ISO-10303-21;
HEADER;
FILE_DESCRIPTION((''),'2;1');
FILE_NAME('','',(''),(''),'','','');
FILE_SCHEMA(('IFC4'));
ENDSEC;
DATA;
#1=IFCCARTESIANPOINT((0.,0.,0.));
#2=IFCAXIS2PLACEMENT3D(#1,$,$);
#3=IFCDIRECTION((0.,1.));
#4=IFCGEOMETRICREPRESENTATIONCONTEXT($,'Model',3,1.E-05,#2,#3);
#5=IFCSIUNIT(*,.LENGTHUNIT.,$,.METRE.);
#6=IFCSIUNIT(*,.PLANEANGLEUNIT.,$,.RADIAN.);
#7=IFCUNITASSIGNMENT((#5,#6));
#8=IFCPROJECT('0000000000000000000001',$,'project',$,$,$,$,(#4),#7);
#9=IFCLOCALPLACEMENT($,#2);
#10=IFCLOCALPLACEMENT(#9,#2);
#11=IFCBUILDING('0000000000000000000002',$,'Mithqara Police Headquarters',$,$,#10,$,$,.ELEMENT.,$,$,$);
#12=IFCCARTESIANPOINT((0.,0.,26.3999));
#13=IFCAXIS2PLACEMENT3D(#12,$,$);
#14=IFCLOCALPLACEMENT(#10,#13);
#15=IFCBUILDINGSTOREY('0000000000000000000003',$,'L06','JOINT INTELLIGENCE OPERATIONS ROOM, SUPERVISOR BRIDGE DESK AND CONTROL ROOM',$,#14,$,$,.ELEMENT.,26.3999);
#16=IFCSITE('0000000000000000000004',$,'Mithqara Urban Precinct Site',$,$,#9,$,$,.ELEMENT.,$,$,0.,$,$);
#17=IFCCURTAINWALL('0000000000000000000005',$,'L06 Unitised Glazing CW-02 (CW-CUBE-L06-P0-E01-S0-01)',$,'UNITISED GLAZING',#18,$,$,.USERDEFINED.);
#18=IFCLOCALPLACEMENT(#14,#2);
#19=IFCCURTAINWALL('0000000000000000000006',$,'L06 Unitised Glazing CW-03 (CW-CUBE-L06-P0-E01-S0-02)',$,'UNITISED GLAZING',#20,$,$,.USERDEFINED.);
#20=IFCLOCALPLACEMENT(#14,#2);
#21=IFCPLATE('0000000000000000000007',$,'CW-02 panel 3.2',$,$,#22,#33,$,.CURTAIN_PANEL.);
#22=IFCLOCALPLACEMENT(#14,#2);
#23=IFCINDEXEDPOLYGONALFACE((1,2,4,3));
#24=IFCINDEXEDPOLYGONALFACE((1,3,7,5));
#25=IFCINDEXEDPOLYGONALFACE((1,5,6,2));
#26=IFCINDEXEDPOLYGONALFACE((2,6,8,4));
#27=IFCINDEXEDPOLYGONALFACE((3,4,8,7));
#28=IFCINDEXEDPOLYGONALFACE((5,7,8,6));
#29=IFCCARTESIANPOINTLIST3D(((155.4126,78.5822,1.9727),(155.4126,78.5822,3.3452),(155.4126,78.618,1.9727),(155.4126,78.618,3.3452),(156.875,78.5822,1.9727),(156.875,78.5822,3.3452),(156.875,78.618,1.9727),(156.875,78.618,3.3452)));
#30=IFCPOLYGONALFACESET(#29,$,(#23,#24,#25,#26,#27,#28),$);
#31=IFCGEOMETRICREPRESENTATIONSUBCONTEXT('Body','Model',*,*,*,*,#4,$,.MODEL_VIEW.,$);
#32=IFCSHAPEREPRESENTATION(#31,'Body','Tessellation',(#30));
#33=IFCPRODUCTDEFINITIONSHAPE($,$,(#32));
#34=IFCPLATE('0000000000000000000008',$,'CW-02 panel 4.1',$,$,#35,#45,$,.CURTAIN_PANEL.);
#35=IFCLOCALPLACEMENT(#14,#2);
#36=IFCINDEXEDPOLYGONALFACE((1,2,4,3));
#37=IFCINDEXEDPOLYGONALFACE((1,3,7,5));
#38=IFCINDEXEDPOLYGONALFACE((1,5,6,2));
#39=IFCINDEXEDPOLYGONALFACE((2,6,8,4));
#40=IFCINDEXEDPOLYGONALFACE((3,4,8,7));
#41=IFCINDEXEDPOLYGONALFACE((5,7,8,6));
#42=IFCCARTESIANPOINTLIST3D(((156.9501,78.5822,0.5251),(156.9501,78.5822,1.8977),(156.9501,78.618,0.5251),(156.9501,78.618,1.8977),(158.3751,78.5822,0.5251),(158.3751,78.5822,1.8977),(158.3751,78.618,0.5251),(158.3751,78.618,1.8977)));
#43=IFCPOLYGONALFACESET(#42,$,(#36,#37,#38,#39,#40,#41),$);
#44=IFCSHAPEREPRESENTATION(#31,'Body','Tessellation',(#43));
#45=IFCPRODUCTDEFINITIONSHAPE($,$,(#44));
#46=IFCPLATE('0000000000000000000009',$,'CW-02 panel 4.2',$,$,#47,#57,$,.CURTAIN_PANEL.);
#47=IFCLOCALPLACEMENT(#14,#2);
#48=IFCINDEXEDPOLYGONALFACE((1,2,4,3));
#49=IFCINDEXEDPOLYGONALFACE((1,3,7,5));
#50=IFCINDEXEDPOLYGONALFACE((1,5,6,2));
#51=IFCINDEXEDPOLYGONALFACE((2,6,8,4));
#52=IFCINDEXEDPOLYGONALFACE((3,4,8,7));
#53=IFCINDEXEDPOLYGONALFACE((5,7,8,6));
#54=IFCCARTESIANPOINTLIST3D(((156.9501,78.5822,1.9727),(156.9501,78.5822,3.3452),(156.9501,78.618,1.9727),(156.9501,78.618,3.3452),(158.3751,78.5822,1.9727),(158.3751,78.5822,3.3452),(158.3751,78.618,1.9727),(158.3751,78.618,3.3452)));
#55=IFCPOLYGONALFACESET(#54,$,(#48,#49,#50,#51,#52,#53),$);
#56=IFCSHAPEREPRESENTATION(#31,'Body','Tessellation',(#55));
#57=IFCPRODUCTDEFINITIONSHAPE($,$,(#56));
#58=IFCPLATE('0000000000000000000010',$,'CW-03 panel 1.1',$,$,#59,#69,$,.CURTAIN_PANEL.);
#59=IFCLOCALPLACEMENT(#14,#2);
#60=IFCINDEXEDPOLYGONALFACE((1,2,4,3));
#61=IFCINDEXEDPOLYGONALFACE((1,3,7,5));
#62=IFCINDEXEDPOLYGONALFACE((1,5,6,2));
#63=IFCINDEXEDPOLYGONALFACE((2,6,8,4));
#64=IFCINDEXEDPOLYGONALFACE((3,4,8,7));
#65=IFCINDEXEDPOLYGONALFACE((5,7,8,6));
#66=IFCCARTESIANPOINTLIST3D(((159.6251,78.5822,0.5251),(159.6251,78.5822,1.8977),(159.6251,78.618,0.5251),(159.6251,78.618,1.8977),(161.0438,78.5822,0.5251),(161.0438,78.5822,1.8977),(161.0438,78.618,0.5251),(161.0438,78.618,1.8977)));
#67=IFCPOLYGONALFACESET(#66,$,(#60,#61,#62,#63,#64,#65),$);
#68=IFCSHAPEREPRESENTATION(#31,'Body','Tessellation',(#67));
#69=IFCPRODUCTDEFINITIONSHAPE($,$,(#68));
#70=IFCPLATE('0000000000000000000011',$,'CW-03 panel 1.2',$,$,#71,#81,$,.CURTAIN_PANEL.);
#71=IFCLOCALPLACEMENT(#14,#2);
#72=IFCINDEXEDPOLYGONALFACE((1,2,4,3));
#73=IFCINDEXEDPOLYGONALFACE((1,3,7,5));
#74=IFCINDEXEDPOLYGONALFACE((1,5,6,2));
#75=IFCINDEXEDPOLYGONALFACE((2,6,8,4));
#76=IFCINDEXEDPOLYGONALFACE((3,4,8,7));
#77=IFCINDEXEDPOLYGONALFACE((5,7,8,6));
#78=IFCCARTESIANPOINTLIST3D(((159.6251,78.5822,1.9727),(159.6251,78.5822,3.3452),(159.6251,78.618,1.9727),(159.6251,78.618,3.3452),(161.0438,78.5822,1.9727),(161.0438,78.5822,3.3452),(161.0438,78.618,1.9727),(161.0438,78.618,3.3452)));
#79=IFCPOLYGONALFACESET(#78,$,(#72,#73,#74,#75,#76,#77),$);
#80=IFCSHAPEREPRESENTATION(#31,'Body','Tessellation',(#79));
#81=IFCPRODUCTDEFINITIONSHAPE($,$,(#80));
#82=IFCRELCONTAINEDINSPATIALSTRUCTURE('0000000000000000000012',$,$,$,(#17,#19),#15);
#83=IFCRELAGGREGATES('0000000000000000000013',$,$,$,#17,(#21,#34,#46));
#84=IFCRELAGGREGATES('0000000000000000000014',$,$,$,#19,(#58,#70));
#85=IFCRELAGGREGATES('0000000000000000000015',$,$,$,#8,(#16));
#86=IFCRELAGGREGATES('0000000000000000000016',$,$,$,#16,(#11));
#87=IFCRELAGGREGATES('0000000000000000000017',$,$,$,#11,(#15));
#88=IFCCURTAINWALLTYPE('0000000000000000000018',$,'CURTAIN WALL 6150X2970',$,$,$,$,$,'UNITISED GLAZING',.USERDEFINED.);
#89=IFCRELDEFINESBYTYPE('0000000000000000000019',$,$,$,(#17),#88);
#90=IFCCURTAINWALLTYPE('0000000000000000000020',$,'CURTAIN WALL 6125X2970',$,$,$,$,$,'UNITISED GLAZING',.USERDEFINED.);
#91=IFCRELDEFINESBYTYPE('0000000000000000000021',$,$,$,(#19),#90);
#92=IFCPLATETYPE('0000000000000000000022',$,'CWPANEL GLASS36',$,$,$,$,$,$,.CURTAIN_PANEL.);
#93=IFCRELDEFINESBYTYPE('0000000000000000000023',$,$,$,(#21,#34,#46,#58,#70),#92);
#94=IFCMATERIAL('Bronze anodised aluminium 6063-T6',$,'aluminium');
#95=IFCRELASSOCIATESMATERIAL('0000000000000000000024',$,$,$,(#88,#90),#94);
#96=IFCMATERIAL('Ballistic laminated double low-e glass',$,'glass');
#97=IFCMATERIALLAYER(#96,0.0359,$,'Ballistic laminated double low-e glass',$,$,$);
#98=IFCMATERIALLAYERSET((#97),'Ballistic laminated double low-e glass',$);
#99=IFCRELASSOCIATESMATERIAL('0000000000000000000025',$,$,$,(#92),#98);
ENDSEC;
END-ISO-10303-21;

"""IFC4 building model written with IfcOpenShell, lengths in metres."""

from ifc_helpers import new_model, si_unit, direction, frame, origin, origin_2d, place, context, subcontext, project, spatial, rectangle, extrude, material, layer, layer_set, type_object, element, aggregate, save


model = new_model("IFC4")

# Units and contexts
model_context = context("Model", 3, precision=1e-05, world=origin(), true_north=direction((0.0, 1.0)))
body_context = subcontext(model_context, "Body", "Model", "MODEL_VIEW")
ifc_project = project(units=[si_unit("LENGTHUNIT", "METRE"), si_unit("PLANEANGLEUNIT", "RADIAN")], contexts=[model_context])

# Site, building, storey
site_placement = place(None, origin())
site = spatial("IfcSite", under=ifc_project, at=site_placement, Name="Mithqara Urban Precinct Site", CompositionType="ELEMENT", RefElevation=0.0)
building_placement = place(site_placement, origin())
building = spatial("IfcBuilding", under=site, at=building_placement, Name="Mithqara Police Headquarters", CompositionType="ELEMENT")
storey_placement = place(building_placement, frame((0.0, 0.0, 26.3999)))
storey = spatial("IfcBuildingStorey", under=building, at=storey_placement, Name="L06", Description="JOINT INTELLIGENCE OPERATIONS ROOM, SUPERVISOR BRIDGE DESK AND CONTROL ROOM", CompositionType="ELEMENT", Elevation=26.3999)

# Curtain walls
ifc_material_1 = material(Name="Bronze anodised aluminium 6063-T6", Category="aluminium")
curtain_wall_type_1 = type_object("IfcCurtainWallType", Name="CURTAIN WALL 6150X2970", ElementType="UNITISED GLAZING", PredefinedType="USERDEFINED", material=ifc_material_1)
curtain_wall_1_placement = place(storey_placement, origin())
curtain_wall_1 = element("IfcCurtainWall", 1, at=curtain_wall_1_placement, inside=storey, type_object=curtain_wall_type_1, Name="L06 Unitised Glazing CW-02 (CW-CUBE-L06-P0-E01-S0-01)", ObjectType="UNITISED GLAZING", PredefinedType="USERDEFINED")
curtain_wall_type_2 = type_object("IfcCurtainWallType", Name="CURTAIN WALL 6125X2970", ElementType="UNITISED GLAZING", PredefinedType="USERDEFINED", material=ifc_material_1)
curtain_wall_2_placement = place(storey_placement, origin())
curtain_wall_2 = element("IfcCurtainWall", 2, at=curtain_wall_2_placement, inside=storey, type_object=curtain_wall_type_2, Name="L06 Unitised Glazing CW-03 (CW-CUBE-L06-P0-E01-S0-02)", ObjectType="UNITISED GLAZING", PredefinedType="USERDEFINED")

# Plates
ifc_material_2 = material(Name="Ballistic laminated double low-e glass", Category="glass")
ifc_layer = layer(ifc_material_2, 0.0359, Name="Ballistic laminated double low-e glass")
ifc_layer_set = layer_set([ifc_layer], Name="Ballistic laminated double low-e glass")
plate_type = type_object("IfcPlateType", Name="CWPANEL GLASS36", PredefinedType="CURTAIN_PANEL", material=ifc_layer_set)
plate_1_placement = place(storey_placement, frame((156.1438, 78.6001, 1.9727), z_axis=(0.0, 0.0, 1.0), x_axis=(1.0, 0.0, 0.0)))
plate_1 = element("IfcPlate", 3, at=plate_1_placement, type_object=plate_type, Name="CW-02 panel 3.2", PredefinedType="CURTAIN_PANEL", context=body_context, shape_type="SweptSolid", body=[
    extrude(rectangle(XDim=1.4624, YDim=0.0359, at=origin_2d()), origin(), (0.0, 0.0, 1.0), 1.3726),
])
plate_2_placement = place(storey_placement, frame((157.6626, 78.6001, 0.5251), z_axis=(0.0, 0.0, 1.0), x_axis=(1.0, 0.0, 0.0)))
plate_2 = element("IfcPlate", 4, at=plate_2_placement, type_object=plate_type, Name="CW-02 panel 4.1", PredefinedType="CURTAIN_PANEL", context=body_context, shape_type="SweptSolid", body=[
    extrude(rectangle(XDim=1.425, YDim=0.0359, at=origin_2d()), origin(), (0.0, 0.0, 1.0), 1.3726),
])
plate_3_placement = place(storey_placement, frame((157.6626, 78.6001, 1.9727), z_axis=(0.0, 0.0, 1.0), x_axis=(1.0, 0.0, 0.0)))
plate_3 = element("IfcPlate", 5, at=plate_3_placement, type_object=plate_type, Name="CW-02 panel 4.2", PredefinedType="CURTAIN_PANEL", context=body_context, shape_type="SweptSolid", body=[
    extrude(rectangle(XDim=1.425, YDim=0.0359, at=origin_2d()), origin(), (0.0, 0.0, 1.0), 1.3726),
])
aggregate(curtain_wall_1, [plate_1, plate_2, plate_3])
plate_4_placement = place(storey_placement, frame((160.3345, 78.6001, 0.5251), z_axis=(0.0, 0.0, 1.0), x_axis=(1.0, 0.0, 0.0)))
plate_4 = element("IfcPlate", 6, at=plate_4_placement, type_object=plate_type, Name="CW-03 panel 1.1", PredefinedType="CURTAIN_PANEL", context=body_context, shape_type="SweptSolid", body=[
    extrude(rectangle(XDim=1.4187, YDim=0.0359, at=origin_2d()), origin(), (0.0, 0.0, 1.0), 1.3726),
])
plate_5_placement = place(storey_placement, frame((160.3345, 78.6001, 1.9727), z_axis=(0.0, 0.0, 1.0), x_axis=(1.0, 0.0, 0.0)))
plate_5 = element("IfcPlate", 7, at=plate_5_placement, type_object=plate_type, Name="CW-03 panel 1.2", PredefinedType="CURTAIN_PANEL", context=body_context, shape_type="SweptSolid", body=[
    extrude(rectangle(XDim=1.4187, YDim=0.0359, at=origin_2d()), origin(), (0.0, 0.0, 1.0), 1.3726),
])
aggregate(curtain_wall_2, [plate_4, plate_5])

save(model, "model.ifc")
